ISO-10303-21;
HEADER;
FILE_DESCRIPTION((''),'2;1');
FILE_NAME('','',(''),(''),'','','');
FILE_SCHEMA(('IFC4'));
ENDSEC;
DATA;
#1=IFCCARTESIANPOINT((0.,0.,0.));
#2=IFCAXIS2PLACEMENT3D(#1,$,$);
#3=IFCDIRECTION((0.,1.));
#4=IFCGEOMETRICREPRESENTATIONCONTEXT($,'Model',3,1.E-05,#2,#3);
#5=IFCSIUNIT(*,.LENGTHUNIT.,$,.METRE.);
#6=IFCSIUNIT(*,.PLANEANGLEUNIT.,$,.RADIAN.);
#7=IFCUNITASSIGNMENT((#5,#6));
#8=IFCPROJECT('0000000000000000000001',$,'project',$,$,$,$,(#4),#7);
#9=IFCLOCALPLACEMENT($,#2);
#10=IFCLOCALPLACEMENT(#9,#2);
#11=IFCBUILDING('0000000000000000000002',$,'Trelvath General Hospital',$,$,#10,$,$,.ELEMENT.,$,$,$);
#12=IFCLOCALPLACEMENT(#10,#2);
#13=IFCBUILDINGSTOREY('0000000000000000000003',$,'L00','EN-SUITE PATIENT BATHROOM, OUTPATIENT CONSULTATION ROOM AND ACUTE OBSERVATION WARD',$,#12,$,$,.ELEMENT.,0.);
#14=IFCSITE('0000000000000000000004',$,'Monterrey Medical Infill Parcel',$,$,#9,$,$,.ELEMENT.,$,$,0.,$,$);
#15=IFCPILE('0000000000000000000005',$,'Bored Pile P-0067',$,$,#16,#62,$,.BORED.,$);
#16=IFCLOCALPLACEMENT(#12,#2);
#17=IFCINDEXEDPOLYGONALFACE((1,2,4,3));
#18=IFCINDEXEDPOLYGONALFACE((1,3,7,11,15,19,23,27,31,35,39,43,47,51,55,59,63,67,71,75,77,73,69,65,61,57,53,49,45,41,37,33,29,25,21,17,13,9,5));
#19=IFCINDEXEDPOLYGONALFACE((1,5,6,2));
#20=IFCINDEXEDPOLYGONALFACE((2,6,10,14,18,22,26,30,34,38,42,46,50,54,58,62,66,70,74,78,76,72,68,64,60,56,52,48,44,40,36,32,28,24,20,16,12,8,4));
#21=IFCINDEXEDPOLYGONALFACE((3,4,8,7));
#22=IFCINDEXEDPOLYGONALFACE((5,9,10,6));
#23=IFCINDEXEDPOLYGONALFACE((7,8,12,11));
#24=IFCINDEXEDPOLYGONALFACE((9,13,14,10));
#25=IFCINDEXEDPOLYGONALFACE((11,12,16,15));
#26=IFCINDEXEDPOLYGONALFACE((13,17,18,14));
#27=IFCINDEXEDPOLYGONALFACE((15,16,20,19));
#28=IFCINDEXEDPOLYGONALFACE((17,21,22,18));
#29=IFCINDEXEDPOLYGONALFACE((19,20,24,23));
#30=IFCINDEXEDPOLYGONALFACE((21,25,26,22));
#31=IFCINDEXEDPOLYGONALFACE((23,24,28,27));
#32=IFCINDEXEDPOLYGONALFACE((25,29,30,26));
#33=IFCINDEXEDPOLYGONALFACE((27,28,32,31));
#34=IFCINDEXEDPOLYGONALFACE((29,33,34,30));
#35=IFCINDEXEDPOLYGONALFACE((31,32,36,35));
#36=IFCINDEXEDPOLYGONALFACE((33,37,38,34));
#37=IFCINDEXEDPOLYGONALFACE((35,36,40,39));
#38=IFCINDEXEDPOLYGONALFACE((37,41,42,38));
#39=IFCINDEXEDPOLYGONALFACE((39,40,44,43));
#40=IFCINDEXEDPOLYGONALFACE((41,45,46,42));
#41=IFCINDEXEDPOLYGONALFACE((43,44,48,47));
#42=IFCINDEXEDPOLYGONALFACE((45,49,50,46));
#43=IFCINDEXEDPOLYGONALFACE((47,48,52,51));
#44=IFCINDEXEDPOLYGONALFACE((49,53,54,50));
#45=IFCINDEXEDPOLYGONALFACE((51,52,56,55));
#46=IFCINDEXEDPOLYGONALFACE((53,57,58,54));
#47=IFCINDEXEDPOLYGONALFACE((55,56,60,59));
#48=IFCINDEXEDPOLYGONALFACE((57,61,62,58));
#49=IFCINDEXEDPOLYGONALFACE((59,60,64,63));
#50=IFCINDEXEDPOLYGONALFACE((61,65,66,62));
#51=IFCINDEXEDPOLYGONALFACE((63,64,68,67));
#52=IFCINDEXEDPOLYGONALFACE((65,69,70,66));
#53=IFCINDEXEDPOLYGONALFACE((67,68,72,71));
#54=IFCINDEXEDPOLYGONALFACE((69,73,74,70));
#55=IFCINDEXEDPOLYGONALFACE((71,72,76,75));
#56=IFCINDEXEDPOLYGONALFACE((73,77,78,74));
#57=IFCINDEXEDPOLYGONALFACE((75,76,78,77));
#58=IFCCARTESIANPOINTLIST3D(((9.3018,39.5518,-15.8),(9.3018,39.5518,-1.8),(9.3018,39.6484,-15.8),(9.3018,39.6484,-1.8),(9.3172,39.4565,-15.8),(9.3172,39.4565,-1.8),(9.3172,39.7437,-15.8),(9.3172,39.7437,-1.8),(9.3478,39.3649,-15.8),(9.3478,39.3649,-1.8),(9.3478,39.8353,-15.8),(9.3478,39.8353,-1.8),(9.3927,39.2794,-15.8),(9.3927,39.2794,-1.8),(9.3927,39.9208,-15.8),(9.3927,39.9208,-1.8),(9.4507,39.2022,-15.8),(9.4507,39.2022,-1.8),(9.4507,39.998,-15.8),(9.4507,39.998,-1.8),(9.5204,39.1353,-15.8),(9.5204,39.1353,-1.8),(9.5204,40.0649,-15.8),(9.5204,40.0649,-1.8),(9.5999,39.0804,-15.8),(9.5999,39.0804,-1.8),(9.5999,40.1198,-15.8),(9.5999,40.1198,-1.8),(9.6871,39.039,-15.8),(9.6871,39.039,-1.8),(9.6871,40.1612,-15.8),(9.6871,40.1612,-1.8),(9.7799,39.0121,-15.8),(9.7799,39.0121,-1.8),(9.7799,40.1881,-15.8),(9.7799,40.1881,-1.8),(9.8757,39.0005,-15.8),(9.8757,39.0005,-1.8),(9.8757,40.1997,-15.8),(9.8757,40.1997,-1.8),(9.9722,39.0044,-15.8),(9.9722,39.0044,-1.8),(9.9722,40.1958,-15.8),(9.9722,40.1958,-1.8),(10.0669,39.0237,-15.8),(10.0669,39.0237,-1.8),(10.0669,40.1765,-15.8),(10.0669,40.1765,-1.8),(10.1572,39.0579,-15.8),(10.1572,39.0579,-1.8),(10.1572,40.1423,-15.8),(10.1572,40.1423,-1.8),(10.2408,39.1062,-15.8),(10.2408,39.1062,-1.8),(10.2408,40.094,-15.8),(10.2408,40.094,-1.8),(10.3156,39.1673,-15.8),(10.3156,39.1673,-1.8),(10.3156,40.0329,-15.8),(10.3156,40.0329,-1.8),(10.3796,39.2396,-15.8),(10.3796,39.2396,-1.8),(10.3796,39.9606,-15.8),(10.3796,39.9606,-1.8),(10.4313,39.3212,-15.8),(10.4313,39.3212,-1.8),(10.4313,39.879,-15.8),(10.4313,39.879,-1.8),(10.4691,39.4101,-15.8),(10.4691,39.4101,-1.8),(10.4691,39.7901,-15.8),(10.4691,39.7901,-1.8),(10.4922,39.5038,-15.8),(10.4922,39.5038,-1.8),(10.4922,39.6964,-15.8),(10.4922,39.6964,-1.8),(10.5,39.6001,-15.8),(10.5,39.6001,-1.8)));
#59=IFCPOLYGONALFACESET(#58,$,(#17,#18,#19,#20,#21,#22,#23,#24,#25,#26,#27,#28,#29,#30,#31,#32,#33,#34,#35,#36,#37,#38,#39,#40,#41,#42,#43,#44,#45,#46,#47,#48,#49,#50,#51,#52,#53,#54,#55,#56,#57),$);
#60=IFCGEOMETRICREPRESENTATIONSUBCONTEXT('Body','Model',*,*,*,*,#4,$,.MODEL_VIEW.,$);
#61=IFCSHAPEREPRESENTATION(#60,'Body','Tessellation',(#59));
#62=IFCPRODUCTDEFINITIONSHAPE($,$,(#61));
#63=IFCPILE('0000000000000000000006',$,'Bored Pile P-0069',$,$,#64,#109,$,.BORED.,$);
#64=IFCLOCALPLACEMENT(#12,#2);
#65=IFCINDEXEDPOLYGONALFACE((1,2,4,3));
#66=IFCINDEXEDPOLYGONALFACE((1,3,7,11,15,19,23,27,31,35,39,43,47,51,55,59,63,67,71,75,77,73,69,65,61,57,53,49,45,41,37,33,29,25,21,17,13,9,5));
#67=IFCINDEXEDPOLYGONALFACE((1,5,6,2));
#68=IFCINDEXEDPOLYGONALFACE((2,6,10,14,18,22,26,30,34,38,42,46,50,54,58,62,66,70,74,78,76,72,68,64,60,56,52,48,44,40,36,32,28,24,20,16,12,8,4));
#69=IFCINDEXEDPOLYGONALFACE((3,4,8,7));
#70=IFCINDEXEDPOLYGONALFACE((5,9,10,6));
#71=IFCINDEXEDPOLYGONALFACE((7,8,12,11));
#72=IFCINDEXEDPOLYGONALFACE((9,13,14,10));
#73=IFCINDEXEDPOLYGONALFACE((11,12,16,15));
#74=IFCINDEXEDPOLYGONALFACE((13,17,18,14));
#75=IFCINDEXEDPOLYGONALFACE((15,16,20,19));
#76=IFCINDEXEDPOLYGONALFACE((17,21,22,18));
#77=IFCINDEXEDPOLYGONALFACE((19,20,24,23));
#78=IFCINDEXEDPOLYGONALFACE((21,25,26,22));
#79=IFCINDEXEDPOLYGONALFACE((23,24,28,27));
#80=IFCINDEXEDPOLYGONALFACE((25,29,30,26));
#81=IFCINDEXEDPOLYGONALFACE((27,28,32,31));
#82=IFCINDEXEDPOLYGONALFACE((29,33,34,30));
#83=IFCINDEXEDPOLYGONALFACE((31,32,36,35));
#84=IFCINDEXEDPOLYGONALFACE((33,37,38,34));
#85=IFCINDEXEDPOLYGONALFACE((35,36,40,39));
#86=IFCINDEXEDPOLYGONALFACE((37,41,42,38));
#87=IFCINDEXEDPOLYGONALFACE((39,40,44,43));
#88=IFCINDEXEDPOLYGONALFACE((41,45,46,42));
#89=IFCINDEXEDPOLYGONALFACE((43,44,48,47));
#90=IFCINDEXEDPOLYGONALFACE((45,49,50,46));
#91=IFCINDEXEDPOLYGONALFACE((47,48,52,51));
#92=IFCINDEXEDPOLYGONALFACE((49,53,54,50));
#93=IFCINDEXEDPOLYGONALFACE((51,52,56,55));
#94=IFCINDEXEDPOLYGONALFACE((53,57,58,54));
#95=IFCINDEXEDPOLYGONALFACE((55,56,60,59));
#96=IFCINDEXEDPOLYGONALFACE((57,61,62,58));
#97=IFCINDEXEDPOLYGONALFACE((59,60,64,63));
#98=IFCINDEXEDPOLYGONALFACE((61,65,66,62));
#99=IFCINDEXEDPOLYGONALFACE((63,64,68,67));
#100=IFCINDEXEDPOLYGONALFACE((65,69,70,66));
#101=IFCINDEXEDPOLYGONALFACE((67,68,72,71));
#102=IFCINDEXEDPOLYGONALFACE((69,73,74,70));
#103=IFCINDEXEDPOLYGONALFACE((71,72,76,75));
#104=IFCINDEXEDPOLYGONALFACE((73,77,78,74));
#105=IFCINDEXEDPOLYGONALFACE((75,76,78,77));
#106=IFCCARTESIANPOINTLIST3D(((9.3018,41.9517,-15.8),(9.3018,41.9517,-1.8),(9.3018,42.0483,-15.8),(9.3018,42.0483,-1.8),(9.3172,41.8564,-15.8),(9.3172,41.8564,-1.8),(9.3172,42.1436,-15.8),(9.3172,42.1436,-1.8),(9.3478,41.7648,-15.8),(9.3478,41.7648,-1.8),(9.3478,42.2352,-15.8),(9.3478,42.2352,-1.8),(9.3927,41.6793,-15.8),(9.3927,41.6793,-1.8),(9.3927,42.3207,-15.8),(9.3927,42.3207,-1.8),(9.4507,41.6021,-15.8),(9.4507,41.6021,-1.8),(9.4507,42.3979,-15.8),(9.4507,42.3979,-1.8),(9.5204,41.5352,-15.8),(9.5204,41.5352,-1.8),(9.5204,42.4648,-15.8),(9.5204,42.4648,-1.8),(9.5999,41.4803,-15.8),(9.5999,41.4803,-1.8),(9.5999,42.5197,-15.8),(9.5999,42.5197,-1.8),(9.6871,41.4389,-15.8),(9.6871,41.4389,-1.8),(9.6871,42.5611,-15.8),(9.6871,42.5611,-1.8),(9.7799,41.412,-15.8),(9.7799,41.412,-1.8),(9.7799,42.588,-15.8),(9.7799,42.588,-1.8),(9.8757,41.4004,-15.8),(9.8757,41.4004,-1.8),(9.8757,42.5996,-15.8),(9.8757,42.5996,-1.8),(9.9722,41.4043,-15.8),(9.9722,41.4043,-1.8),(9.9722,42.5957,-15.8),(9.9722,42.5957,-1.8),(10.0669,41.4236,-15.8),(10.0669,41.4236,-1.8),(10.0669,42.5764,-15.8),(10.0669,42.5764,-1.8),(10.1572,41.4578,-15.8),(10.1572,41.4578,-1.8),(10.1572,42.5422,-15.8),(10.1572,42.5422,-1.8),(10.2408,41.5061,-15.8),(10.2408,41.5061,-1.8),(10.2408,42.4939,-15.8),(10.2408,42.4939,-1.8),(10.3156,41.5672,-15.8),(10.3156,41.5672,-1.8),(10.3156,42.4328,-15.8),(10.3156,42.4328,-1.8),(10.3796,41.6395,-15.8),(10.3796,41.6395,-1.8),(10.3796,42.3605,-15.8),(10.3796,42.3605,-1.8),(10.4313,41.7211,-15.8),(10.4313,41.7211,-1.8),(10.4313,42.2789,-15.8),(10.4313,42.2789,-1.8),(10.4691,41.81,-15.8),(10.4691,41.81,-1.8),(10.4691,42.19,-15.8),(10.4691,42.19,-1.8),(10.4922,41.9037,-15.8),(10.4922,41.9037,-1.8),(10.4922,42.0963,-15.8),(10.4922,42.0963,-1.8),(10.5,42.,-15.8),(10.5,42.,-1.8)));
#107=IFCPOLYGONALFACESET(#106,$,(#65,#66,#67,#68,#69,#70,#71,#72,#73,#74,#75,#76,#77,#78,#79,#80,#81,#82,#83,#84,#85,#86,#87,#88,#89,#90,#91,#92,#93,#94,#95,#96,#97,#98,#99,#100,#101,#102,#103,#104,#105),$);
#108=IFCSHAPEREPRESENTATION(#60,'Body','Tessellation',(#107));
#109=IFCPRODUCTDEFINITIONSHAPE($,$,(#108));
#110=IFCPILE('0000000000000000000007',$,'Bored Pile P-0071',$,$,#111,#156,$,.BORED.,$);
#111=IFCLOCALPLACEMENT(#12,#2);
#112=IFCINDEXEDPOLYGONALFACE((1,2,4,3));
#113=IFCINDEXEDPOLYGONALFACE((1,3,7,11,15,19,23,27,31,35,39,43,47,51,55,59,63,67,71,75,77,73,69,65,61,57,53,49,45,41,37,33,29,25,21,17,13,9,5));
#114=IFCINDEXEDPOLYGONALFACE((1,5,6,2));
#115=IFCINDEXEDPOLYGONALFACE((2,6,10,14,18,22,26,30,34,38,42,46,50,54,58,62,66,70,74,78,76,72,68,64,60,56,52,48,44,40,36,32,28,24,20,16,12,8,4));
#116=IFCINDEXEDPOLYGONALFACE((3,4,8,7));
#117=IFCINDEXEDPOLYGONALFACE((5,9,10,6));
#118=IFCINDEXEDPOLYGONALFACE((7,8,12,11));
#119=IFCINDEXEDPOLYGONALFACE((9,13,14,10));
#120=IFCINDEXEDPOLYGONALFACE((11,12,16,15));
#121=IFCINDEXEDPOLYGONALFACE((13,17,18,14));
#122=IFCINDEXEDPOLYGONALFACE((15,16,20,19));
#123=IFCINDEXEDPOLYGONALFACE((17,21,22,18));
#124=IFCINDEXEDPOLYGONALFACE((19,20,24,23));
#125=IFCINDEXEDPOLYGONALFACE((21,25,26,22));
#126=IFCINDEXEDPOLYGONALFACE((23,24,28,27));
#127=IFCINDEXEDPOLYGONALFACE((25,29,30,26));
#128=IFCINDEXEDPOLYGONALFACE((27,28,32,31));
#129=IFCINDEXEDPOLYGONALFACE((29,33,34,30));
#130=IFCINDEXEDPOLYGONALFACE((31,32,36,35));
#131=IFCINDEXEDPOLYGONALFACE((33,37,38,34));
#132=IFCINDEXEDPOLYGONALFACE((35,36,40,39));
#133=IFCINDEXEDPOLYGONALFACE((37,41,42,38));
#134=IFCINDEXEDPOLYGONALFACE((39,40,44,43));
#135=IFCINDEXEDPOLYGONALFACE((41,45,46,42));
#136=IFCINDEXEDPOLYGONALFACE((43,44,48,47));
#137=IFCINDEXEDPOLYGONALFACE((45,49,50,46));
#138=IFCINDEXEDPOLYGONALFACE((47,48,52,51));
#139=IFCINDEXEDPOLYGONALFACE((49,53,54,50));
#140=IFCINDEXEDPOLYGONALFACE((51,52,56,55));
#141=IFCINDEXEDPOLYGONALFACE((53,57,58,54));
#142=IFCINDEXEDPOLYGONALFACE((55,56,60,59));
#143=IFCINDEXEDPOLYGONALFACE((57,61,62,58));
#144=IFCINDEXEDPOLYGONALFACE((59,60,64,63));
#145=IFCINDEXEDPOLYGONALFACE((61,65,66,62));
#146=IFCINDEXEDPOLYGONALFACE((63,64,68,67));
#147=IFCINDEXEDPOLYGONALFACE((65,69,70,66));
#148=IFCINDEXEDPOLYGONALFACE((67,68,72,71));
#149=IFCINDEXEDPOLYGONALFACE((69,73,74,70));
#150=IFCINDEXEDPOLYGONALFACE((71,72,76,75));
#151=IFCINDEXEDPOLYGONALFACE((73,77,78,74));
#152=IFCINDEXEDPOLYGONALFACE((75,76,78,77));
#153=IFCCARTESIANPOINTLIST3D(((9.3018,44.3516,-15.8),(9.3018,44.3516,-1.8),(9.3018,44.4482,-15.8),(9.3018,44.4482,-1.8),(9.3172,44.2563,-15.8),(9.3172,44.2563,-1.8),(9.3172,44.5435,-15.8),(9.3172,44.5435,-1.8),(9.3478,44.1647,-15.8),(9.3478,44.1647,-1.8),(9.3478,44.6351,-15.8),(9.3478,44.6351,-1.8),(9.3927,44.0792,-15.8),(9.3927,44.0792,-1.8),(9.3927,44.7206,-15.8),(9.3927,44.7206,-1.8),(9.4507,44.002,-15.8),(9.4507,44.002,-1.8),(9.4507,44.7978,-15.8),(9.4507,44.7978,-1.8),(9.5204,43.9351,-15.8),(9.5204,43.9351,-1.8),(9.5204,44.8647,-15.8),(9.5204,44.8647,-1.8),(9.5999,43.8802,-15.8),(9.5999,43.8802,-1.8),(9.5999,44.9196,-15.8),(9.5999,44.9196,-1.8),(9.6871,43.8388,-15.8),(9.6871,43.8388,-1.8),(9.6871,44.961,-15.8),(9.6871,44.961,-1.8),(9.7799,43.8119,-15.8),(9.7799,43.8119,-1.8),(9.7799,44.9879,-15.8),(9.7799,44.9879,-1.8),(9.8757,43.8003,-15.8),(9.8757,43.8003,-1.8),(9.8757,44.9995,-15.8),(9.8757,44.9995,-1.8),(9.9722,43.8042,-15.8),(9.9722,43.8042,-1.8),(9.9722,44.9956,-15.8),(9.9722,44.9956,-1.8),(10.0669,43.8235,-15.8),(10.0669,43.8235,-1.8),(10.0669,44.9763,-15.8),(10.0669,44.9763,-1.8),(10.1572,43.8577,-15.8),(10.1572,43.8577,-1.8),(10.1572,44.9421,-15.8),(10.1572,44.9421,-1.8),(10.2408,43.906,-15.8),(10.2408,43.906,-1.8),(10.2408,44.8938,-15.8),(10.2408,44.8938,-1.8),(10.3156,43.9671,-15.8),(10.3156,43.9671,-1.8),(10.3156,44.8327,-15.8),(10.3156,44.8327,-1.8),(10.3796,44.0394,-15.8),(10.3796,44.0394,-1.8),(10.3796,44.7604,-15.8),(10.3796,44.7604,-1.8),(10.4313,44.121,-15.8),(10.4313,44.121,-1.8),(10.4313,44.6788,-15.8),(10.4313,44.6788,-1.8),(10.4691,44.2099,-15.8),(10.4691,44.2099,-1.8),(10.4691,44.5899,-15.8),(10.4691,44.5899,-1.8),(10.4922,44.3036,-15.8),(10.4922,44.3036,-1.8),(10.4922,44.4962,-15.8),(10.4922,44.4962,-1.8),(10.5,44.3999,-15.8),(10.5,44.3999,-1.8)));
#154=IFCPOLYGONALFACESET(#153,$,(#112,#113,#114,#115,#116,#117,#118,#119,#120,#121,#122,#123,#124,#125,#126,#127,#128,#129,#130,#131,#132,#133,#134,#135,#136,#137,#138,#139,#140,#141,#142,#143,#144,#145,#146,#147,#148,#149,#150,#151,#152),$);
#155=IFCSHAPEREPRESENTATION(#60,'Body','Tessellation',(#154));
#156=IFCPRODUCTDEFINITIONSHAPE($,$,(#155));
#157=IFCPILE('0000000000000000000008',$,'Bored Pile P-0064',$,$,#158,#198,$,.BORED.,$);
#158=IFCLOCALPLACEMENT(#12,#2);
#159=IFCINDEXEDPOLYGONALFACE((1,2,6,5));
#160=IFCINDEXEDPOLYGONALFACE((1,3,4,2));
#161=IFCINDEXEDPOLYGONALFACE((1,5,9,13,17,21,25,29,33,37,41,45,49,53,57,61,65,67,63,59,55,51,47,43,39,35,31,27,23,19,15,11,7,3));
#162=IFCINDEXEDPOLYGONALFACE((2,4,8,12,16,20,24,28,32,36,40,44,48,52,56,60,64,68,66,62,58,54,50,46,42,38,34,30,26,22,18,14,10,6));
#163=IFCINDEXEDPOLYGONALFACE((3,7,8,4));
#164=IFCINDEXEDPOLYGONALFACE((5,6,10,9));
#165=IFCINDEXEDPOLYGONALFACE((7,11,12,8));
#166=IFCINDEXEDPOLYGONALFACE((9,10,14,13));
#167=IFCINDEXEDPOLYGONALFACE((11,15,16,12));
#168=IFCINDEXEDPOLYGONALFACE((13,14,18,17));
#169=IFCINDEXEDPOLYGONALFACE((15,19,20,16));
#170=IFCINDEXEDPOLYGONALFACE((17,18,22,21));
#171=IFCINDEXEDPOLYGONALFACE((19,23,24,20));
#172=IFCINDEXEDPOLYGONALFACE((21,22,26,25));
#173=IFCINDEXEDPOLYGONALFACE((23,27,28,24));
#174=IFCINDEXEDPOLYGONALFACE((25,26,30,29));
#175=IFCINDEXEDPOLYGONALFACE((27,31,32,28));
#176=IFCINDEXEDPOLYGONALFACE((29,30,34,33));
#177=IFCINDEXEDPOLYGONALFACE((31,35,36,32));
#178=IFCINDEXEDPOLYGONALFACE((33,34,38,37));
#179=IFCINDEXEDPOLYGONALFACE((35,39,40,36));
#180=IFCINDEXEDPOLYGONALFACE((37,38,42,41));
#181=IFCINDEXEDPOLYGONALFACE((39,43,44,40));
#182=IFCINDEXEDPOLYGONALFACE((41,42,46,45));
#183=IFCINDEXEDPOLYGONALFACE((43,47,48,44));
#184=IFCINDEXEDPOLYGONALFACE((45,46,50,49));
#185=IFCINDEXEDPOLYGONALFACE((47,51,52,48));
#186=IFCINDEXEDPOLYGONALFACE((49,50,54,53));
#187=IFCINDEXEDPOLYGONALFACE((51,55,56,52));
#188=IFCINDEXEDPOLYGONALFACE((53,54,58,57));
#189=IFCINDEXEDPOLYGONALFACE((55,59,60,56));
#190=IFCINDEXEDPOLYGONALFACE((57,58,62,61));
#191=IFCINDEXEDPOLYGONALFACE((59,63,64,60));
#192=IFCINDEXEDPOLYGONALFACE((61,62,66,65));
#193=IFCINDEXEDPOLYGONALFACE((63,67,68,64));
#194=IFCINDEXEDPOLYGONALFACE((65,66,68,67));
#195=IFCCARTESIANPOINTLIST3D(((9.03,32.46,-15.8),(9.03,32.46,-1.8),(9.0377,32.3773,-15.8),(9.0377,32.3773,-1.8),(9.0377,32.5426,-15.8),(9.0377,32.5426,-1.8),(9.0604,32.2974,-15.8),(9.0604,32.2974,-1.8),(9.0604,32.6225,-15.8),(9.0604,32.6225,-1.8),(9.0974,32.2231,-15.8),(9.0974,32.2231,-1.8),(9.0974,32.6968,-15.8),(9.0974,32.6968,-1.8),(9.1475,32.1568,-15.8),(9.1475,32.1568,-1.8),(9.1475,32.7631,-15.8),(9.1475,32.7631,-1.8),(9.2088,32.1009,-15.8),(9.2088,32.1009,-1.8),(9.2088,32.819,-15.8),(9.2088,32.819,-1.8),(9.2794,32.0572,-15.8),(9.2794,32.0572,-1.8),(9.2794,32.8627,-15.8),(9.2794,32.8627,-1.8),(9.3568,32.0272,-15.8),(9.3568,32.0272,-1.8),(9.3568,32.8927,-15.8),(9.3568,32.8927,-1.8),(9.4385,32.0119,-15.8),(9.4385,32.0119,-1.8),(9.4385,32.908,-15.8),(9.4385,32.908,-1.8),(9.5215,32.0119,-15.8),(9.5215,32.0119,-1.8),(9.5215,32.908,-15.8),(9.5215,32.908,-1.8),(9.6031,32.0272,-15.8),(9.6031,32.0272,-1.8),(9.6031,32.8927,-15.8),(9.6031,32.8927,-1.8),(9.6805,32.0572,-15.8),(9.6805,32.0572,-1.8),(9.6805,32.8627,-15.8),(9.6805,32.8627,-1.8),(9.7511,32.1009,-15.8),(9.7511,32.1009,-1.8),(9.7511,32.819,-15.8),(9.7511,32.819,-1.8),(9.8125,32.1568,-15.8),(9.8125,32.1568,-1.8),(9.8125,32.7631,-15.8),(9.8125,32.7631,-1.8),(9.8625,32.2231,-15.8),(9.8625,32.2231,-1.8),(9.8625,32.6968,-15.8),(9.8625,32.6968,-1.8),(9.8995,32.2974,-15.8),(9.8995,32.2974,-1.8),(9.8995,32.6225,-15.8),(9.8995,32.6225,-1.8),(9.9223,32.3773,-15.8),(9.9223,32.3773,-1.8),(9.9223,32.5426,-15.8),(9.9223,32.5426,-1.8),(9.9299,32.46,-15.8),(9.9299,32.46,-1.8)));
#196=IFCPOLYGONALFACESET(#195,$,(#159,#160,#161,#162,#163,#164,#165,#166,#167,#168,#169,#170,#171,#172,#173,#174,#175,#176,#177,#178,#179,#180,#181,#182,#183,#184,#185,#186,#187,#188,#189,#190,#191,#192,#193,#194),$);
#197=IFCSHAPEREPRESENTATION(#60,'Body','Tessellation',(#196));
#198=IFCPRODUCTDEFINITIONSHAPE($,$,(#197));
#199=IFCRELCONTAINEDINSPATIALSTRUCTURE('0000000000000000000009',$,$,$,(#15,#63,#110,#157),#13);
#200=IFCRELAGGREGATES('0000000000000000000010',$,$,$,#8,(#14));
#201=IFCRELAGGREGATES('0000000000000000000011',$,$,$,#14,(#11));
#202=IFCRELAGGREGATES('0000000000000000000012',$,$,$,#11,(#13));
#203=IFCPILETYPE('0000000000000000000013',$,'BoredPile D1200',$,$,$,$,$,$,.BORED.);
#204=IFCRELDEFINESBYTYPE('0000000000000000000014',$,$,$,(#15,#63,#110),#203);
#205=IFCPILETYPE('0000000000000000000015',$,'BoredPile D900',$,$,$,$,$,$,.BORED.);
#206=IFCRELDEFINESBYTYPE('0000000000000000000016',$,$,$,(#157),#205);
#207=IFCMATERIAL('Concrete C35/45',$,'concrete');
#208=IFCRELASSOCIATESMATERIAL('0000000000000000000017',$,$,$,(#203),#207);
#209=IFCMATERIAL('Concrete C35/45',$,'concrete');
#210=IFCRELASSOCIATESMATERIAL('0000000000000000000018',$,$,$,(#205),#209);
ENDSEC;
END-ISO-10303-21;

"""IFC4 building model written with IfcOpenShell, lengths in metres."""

from ifc_helpers import new_model, si_unit, direction, frame, origin, origin_2d, place, context, subcontext, project, spatial, circle, extrude, material, material_profile, profile_set, type_object, element, save


model = new_model("IFC4")

# Units and contexts
model_context = context("Model", 3, precision=1e-05, world=origin(), true_north=direction((0.0, 1.0)))
body_context = subcontext(model_context, "Body", "Model", "MODEL_VIEW")
ifc_project = project(units=[si_unit("LENGTHUNIT", "METRE"), si_unit("PLANEANGLEUNIT", "RADIAN")], contexts=[model_context])

# Site, building, storey
site_placement = place(None, origin())
site = spatial("IfcSite", under=ifc_project, at=site_placement, Name="Monterrey Medical Infill Parcel", CompositionType="ELEMENT", RefElevation=0.0)
building_placement = place(site_placement, origin())
building = spatial("IfcBuilding", under=site, at=building_placement, Name="Trelvath General Hospital", CompositionType="ELEMENT")
storey_placement = place(building_placement, origin())
storey = spatial("IfcBuildingStorey", under=building, at=storey_placement, Name="L00", Description="EN-SUITE PATIENT BATHROOM, OUTPATIENT CONSULTATION ROOM AND ACUTE OBSERVATION WARD", CompositionType="ELEMENT", Elevation=0.0)

# Piles
ifc_material_1 = material(Name="Concrete C35/45", Category="concrete")
ifc_material_profile_1 = material_profile(ifc_material_1, circle(Radius=0.6001, at=origin_2d()), Name="PILE1200")
ifc_profile_set_1 = profile_set([ifc_material_profile_1], Name="Concrete C35/45")
pile_type_1 = type_object("IfcPileType", Name="BoredPile D1200", PredefinedType="BORED", material=ifc_profile_set_1)
for number, where, z_axis, x_axis, name in (
    (1, (9.8999, 39.6001, -1.8), (0.0, 0.0, -1.0), (1.0, 0.0, 0.0), "Bored Pile P-0067"),
    (2, (9.8999, 42.0, -1.8), (0.0, 0.0, -1.0), (1.0, 0.0, 0.0), "Bored Pile P-0069"),
    (3, (9.8999, 44.3999, -1.8), (0.0, 0.0, -1.0), (1.0, 0.0, 0.0), "Bored Pile P-0071"),
):
    element("IfcPile", number, at=place(storey_placement, frame(where, z_axis=z_axis, x_axis=x_axis)), inside=storey, type_object=pile_type_1, Name=name, PredefinedType="BORED", context=body_context, shape_type="SweptSolid", body=[
        extrude(circle(Radius=0.6001, at=origin_2d()), origin(), (0.0, 0.0, 1.0), 14.0),
    ])
ifc_material_2 = material(Name="Concrete C35/45", Category="concrete")
ifc_material_profile_2 = material_profile(ifc_material_2, circle(Radius=0.45, at=origin_2d()), Name="PILE900")
ifc_profile_set_2 = profile_set([ifc_material_profile_2], Name="Concrete C35/45")
pile_type_2 = type_object("IfcPileType", Name="BoredPile D900", PredefinedType="BORED", material=ifc_profile_set_2)
for number, where, z_axis, x_axis, name in (
    (4, (9.48, 32.46, -1.8), (0.0, 0.0, -1.0), (1.0, 0.0, 0.0), "Bored Pile P-0064"),
):
    element("IfcPile", number, at=place(storey_placement, frame(where, z_axis=z_axis, x_axis=x_axis)), inside=storey, type_object=pile_type_2, Name=name, PredefinedType="BORED", context=body_context, shape_type="SweptSolid", body=[
        extrude(circle(Radius=0.45, at=origin_2d()), origin(), (0.0, 0.0, 1.0), 14.0),
    ])

save(model, "model.ifc")
